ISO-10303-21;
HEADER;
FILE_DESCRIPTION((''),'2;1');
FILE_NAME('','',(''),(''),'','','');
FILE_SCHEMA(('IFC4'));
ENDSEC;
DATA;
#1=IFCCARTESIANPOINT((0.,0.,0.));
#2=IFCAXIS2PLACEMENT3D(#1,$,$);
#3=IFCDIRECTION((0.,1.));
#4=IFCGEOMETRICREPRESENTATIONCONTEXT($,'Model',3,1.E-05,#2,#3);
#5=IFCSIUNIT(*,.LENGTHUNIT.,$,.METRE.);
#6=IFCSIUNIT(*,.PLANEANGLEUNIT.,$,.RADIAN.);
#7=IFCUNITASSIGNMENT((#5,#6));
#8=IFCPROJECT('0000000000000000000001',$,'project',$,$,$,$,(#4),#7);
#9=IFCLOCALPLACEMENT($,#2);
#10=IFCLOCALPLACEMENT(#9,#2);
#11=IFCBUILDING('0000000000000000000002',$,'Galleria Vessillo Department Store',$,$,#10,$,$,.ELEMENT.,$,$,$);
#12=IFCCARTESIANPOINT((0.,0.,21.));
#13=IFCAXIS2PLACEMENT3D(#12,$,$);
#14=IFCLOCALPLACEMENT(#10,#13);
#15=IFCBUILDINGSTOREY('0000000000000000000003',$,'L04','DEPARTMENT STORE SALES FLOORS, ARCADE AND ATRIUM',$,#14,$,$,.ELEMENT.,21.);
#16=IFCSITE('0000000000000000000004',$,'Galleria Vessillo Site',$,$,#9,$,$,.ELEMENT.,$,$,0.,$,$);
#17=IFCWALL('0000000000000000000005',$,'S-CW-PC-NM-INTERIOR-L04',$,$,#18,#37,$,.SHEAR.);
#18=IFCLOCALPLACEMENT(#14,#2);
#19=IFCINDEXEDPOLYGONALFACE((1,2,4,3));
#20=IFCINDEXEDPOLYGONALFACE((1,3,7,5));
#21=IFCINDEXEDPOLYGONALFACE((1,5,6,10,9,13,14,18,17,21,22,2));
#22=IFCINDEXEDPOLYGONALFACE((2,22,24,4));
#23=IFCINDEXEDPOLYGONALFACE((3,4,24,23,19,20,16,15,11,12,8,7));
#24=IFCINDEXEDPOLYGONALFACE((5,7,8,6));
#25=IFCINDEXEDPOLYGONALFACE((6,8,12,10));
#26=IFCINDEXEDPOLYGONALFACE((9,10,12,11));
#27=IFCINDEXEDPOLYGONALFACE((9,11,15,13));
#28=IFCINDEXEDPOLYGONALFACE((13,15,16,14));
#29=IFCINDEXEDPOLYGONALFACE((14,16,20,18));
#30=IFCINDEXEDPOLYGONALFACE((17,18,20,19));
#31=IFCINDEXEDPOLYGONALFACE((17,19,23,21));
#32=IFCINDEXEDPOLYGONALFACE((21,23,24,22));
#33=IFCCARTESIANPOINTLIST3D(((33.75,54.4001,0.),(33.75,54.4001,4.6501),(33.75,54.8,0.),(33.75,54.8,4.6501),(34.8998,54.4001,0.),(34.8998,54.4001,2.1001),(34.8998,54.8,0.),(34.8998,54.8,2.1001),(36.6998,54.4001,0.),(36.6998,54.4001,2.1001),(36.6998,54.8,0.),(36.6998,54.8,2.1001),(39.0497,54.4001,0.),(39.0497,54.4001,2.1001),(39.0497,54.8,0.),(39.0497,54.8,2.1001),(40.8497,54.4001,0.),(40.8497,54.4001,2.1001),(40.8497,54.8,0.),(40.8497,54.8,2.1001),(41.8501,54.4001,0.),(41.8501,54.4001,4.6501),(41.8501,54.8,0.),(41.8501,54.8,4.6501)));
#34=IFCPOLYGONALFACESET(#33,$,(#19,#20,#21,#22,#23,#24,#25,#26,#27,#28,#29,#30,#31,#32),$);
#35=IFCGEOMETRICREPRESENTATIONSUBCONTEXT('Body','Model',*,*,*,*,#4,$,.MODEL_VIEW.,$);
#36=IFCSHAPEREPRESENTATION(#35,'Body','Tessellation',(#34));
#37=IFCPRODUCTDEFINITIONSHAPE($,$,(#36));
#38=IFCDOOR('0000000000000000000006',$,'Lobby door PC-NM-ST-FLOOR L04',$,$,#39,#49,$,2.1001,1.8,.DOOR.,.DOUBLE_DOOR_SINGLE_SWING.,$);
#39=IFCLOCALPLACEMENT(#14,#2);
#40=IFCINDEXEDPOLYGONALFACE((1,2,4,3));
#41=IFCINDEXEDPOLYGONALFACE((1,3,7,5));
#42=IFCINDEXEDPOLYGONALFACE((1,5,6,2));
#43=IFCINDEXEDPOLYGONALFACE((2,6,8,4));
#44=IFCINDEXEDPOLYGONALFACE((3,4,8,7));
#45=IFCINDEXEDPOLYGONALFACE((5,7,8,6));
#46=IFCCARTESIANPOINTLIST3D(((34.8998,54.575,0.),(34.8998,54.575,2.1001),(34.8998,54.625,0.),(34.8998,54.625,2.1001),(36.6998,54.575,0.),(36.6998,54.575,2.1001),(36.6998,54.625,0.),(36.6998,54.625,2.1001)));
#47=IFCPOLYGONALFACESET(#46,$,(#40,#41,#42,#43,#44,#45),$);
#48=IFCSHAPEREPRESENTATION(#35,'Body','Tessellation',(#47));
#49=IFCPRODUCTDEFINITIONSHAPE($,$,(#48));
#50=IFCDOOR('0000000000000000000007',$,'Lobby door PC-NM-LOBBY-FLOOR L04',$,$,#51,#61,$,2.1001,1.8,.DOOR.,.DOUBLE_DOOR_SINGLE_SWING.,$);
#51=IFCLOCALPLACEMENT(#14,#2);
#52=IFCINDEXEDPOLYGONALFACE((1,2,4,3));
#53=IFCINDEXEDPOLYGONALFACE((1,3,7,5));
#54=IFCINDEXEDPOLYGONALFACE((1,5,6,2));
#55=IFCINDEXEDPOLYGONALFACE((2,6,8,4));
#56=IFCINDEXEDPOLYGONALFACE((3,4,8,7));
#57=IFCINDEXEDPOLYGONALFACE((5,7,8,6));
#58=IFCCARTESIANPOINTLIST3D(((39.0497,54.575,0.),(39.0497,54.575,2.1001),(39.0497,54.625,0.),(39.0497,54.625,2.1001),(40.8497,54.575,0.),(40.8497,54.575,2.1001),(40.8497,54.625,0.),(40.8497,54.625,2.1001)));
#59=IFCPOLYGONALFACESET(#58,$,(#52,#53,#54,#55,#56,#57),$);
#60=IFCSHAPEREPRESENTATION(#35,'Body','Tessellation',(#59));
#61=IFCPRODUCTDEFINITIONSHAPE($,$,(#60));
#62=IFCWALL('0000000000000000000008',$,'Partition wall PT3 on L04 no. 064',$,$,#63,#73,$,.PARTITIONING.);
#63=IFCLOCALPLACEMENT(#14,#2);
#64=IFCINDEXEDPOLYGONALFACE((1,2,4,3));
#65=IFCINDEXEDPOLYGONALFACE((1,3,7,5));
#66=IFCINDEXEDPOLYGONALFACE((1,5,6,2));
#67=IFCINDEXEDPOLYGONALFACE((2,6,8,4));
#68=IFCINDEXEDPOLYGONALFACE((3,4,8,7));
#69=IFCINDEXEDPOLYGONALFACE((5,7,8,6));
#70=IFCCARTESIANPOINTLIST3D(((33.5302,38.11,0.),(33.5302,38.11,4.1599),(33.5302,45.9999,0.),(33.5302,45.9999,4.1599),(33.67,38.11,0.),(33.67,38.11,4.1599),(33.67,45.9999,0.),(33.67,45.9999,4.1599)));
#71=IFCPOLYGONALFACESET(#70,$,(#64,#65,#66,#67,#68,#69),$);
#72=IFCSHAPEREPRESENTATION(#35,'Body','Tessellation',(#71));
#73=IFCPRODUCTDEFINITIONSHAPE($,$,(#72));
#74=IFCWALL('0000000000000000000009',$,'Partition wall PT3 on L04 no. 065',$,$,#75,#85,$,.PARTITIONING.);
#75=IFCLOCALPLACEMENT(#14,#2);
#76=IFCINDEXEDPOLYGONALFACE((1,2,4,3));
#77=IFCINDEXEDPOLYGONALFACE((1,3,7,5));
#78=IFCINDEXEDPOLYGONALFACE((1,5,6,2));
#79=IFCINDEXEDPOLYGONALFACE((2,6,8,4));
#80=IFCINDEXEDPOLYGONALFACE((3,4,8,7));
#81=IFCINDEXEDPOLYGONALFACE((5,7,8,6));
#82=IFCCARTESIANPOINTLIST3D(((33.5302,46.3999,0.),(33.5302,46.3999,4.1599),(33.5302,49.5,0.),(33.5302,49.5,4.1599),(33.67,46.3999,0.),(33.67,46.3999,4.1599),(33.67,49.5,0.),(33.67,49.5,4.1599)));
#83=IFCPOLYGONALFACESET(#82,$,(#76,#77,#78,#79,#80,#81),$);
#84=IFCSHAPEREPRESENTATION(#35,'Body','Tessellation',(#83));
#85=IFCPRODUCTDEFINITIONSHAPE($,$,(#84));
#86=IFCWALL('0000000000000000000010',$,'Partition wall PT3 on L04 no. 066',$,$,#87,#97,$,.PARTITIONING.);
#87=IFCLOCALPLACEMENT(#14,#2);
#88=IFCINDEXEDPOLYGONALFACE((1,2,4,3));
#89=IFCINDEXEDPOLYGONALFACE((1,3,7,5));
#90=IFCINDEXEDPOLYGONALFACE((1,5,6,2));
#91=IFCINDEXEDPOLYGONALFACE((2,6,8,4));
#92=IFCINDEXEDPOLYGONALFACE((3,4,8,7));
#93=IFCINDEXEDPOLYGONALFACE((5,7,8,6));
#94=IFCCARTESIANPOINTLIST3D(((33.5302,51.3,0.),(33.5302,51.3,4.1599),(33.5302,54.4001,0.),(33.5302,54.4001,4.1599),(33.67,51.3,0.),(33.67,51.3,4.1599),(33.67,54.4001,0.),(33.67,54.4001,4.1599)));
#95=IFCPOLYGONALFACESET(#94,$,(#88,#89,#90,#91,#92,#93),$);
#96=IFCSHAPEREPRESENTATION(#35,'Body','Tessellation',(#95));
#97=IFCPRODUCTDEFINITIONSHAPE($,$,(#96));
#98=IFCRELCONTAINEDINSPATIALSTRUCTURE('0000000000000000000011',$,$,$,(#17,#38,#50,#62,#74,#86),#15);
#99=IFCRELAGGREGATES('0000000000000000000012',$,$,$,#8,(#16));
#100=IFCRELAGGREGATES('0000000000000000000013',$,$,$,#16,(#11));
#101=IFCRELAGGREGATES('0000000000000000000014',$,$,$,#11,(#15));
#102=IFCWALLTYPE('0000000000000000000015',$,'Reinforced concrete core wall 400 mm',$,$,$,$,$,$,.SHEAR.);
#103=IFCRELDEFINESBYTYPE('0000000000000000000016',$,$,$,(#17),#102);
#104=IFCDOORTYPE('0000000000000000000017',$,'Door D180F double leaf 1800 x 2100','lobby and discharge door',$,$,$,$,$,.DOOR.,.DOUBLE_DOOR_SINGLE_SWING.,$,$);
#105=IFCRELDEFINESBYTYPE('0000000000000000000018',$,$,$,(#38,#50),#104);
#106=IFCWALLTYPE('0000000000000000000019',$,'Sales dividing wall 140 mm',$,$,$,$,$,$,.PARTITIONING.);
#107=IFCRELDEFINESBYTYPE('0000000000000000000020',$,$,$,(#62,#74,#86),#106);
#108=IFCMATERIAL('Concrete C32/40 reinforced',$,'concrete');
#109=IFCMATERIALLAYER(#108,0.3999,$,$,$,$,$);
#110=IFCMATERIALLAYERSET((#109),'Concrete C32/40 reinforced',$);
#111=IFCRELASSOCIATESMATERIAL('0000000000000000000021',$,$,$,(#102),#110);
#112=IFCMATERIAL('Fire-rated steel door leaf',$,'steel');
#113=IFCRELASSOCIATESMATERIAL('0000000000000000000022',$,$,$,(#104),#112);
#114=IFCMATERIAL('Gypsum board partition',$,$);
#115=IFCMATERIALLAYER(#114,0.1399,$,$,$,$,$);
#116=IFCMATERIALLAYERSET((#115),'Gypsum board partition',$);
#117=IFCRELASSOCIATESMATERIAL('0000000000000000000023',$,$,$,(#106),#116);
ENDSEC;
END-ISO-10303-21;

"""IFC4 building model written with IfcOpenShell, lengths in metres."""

from ifc_helpers import new_model, si_unit, direction, frame, frame_2d, origin, place, context, subcontext, project, spatial, rectangle, extrude, material, layer, layer_set, type_object, element, fill, save


model = new_model("IFC4")

# Units and contexts
model_context = context("Model", 3, precision=1e-05, world=origin(), true_north=direction((0.0, 1.0)))
body_context = subcontext(model_context, "Body", "Model", "MODEL_VIEW")
ifc_project = project(units=[si_unit("LENGTHUNIT", "METRE"), si_unit("PLANEANGLEUNIT", "RADIAN")], contexts=[model_context])

# Site, building, storey
site_placement = place(None, origin())
site = spatial("IfcSite", under=ifc_project, at=site_placement, Name="Galleria Vessillo Site", CompositionType="ELEMENT", RefElevation=0.0)
building_placement = place(site_placement, origin())
building = spatial("IfcBuilding", under=site, at=building_placement, Name="Galleria Vessillo Department Store", CompositionType="ELEMENT")
storey_placement = place(building_placement, frame((0.0, 0.0, 21.0)))
storey = spatial("IfcBuildingStorey", under=building, at=storey_placement, Name="L04", Description="DEPARTMENT STORE SALES FLOORS, ARCADE AND ATRIUM", CompositionType="ELEMENT", Elevation=21.0)

# Wall, openings, doors
ifc_material_1 = material(Name="Concrete C32/40 reinforced", Category="concrete")
ifc_layer_1 = layer(ifc_material_1, 0.3999)
ifc_layer_set_1 = layer_set([ifc_layer_1], Name="Concrete C32/40 reinforced")
wall_type_1 = type_object("IfcWallType", Name="Reinforced concrete core wall 400 mm", PredefinedType="SHEAR", material=ifc_layer_set_1)
wall_1_placement = place(storey_placement, frame((33.75, 54.6001, 0.0), z_axis=(0.0, 0.0, 1.0), x_axis=(1.0, 0.0, 0.0)))
wall_1 = element("IfcWall", 1, at=wall_1_placement, inside=storey, type_object=wall_type_1, Name="S-CW-PC-NM-INTERIOR-L04", PredefinedType="SHEAR", context=body_context, shape_type="SweptSolid", body=[
    extrude(rectangle(XDim=8.1001, YDim=0.3999, at=frame_2d((4.05, 0.0))), origin(), (0.0, 0.0, 1.0), 4.6501),
])
opening_1_placement = place(wall_1_placement, frame((1.1499, 0.0, 0.0)))
opening_1 = element("IfcOpeningElement", 2, at=opening_1_placement, cuts=wall_1, PredefinedType="OPENING", context=body_context, shape_type="SweptSolid", body=[
    extrude(rectangle(XDim=1.8, YDim=2.1001, at=frame_2d((0.8999, 1.05))), frame((0.0, 0.21, 0.0), z_axis=(0.0, -1.0, 0.0), x_axis=(1.0, 0.0, 0.0)), (0.0, 0.0, 1.0), 0.4199),
])
opening_2_placement = place(wall_1_placement, frame((5.2998, 0.0, 0.0)))
opening_2 = element("IfcOpeningElement", 3, at=opening_2_placement, cuts=wall_1, PredefinedType="OPENING", context=body_context, shape_type="SweptSolid", body=[
    extrude(rectangle(XDim=1.8, YDim=2.1001, at=frame_2d((0.8999, 1.05))), frame((0.0, 0.21, 0.0), z_axis=(0.0, -1.0, 0.0), x_axis=(1.0, 0.0, 0.0)), (0.0, 0.0, 1.0), 0.4199),
])
ifc_material_2 = material(Name="Fire-rated steel door leaf", Category="steel")
door_type = type_object("IfcDoorType", Name="Door D180F double leaf 1800 x 2100", Description="lobby and discharge door", OperationType="DOUBLE_DOOR_SINGLE_SWING", PredefinedType="DOOR", material=ifc_material_2)
door_1_placement = place(opening_1_placement, origin())
door_1 = element("IfcDoor", 4, at=door_1_placement, inside=storey, type_object=door_type, Name="Lobby door PC-NM-ST-FLOOR L04", OperationType="DOUBLE_DOOR_SINGLE_SWING", OverallHeight=2.1001, OverallWidth=1.8, PredefinedType="DOOR", context=body_context, shape_type="SweptSolid", body=[
    extrude(rectangle(XDim=1.8, YDim=2.1001, at=frame_2d((0.8999, 1.05))), frame((0.0, 0.0249, 0.0), z_axis=(0.0, -1.0, 0.0), x_axis=(1.0, 0.0, 0.0)), (0.0, 0.0, 1.0), 0.05),
])
fill(opening_1, door_1)
door_2_placement = place(opening_2_placement, origin())
door_2 = element("IfcDoor", 5, at=door_2_placement, inside=storey, type_object=door_type, Name="Lobby door PC-NM-LOBBY-FLOOR L04", OperationType="DOUBLE_DOOR_SINGLE_SWING", OverallHeight=2.1001, OverallWidth=1.8, PredefinedType="DOOR", context=body_context, shape_type="SweptSolid", body=[
    extrude(rectangle(XDim=1.8, YDim=2.1001, at=frame_2d((0.8999, 1.05))), frame((0.0, 0.0249, 0.0), z_axis=(0.0, -1.0, 0.0), x_axis=(1.0, 0.0, 0.0)), (0.0, 0.0, 1.0), 0.05),
])
fill(opening_2, door_2)

# Walls
ifc_material_3 = material(Name="Gypsum board partition")
ifc_layer_2 = layer(ifc_material_3, 0.1399)
ifc_layer_set_2 = layer_set([ifc_layer_2], Name="Gypsum board partition")
wall_type_2 = type_object("IfcWallType", Name="Sales dividing wall 140 mm", PredefinedType="PARTITIONING", material=ifc_layer_set_2)
wall_2_placement = place(storey_placement, frame((33.6001, 38.1101, 0.0), z_axis=(0.0, 0.0, 1.0), x_axis=(0.0, 1.0, 0.0)))
element("IfcWall", 6, at=wall_2_placement, inside=storey, type_object=wall_type_2, Name="Partition wall PT3 on L04 no. 064", PredefinedType="PARTITIONING", context=body_context, shape_type="SweptSolid", body=[
    extrude(rectangle(XDim=7.8899, YDim=0.1399, at=frame_2d((3.9448, 0.0))), origin(), (0.0, 0.0, 1.0), 4.1599),
])
for number, where, z_axis, x_axis, name in (
    (7, (33.6001, 46.3999, 0.0), (0.0, 0.0, 1.0), (0.0, 1.0, 0.0), "Partition wall PT3 on L04 no. 065"),
    (8, (33.6001, 51.3, 0.0), (0.0, 0.0, 1.0), (0.0, 1.0, 0.0), "Partition wall PT3 on L04 no. 066"),
):
    element("IfcWall", number, at=place(storey_placement, frame(where, z_axis=z_axis, x_axis=x_axis)), inside=storey, type_object=wall_type_2, Name=name, PredefinedType="PARTITIONING", context=body_context, shape_type="SweptSolid", body=[
        extrude(rectangle(XDim=3.1001, YDim=0.1399, at=frame_2d((1.55, 0.0))), origin(), (0.0, 0.0, 1.0), 4.1599),
    ])

save(model, "model.ifc")
